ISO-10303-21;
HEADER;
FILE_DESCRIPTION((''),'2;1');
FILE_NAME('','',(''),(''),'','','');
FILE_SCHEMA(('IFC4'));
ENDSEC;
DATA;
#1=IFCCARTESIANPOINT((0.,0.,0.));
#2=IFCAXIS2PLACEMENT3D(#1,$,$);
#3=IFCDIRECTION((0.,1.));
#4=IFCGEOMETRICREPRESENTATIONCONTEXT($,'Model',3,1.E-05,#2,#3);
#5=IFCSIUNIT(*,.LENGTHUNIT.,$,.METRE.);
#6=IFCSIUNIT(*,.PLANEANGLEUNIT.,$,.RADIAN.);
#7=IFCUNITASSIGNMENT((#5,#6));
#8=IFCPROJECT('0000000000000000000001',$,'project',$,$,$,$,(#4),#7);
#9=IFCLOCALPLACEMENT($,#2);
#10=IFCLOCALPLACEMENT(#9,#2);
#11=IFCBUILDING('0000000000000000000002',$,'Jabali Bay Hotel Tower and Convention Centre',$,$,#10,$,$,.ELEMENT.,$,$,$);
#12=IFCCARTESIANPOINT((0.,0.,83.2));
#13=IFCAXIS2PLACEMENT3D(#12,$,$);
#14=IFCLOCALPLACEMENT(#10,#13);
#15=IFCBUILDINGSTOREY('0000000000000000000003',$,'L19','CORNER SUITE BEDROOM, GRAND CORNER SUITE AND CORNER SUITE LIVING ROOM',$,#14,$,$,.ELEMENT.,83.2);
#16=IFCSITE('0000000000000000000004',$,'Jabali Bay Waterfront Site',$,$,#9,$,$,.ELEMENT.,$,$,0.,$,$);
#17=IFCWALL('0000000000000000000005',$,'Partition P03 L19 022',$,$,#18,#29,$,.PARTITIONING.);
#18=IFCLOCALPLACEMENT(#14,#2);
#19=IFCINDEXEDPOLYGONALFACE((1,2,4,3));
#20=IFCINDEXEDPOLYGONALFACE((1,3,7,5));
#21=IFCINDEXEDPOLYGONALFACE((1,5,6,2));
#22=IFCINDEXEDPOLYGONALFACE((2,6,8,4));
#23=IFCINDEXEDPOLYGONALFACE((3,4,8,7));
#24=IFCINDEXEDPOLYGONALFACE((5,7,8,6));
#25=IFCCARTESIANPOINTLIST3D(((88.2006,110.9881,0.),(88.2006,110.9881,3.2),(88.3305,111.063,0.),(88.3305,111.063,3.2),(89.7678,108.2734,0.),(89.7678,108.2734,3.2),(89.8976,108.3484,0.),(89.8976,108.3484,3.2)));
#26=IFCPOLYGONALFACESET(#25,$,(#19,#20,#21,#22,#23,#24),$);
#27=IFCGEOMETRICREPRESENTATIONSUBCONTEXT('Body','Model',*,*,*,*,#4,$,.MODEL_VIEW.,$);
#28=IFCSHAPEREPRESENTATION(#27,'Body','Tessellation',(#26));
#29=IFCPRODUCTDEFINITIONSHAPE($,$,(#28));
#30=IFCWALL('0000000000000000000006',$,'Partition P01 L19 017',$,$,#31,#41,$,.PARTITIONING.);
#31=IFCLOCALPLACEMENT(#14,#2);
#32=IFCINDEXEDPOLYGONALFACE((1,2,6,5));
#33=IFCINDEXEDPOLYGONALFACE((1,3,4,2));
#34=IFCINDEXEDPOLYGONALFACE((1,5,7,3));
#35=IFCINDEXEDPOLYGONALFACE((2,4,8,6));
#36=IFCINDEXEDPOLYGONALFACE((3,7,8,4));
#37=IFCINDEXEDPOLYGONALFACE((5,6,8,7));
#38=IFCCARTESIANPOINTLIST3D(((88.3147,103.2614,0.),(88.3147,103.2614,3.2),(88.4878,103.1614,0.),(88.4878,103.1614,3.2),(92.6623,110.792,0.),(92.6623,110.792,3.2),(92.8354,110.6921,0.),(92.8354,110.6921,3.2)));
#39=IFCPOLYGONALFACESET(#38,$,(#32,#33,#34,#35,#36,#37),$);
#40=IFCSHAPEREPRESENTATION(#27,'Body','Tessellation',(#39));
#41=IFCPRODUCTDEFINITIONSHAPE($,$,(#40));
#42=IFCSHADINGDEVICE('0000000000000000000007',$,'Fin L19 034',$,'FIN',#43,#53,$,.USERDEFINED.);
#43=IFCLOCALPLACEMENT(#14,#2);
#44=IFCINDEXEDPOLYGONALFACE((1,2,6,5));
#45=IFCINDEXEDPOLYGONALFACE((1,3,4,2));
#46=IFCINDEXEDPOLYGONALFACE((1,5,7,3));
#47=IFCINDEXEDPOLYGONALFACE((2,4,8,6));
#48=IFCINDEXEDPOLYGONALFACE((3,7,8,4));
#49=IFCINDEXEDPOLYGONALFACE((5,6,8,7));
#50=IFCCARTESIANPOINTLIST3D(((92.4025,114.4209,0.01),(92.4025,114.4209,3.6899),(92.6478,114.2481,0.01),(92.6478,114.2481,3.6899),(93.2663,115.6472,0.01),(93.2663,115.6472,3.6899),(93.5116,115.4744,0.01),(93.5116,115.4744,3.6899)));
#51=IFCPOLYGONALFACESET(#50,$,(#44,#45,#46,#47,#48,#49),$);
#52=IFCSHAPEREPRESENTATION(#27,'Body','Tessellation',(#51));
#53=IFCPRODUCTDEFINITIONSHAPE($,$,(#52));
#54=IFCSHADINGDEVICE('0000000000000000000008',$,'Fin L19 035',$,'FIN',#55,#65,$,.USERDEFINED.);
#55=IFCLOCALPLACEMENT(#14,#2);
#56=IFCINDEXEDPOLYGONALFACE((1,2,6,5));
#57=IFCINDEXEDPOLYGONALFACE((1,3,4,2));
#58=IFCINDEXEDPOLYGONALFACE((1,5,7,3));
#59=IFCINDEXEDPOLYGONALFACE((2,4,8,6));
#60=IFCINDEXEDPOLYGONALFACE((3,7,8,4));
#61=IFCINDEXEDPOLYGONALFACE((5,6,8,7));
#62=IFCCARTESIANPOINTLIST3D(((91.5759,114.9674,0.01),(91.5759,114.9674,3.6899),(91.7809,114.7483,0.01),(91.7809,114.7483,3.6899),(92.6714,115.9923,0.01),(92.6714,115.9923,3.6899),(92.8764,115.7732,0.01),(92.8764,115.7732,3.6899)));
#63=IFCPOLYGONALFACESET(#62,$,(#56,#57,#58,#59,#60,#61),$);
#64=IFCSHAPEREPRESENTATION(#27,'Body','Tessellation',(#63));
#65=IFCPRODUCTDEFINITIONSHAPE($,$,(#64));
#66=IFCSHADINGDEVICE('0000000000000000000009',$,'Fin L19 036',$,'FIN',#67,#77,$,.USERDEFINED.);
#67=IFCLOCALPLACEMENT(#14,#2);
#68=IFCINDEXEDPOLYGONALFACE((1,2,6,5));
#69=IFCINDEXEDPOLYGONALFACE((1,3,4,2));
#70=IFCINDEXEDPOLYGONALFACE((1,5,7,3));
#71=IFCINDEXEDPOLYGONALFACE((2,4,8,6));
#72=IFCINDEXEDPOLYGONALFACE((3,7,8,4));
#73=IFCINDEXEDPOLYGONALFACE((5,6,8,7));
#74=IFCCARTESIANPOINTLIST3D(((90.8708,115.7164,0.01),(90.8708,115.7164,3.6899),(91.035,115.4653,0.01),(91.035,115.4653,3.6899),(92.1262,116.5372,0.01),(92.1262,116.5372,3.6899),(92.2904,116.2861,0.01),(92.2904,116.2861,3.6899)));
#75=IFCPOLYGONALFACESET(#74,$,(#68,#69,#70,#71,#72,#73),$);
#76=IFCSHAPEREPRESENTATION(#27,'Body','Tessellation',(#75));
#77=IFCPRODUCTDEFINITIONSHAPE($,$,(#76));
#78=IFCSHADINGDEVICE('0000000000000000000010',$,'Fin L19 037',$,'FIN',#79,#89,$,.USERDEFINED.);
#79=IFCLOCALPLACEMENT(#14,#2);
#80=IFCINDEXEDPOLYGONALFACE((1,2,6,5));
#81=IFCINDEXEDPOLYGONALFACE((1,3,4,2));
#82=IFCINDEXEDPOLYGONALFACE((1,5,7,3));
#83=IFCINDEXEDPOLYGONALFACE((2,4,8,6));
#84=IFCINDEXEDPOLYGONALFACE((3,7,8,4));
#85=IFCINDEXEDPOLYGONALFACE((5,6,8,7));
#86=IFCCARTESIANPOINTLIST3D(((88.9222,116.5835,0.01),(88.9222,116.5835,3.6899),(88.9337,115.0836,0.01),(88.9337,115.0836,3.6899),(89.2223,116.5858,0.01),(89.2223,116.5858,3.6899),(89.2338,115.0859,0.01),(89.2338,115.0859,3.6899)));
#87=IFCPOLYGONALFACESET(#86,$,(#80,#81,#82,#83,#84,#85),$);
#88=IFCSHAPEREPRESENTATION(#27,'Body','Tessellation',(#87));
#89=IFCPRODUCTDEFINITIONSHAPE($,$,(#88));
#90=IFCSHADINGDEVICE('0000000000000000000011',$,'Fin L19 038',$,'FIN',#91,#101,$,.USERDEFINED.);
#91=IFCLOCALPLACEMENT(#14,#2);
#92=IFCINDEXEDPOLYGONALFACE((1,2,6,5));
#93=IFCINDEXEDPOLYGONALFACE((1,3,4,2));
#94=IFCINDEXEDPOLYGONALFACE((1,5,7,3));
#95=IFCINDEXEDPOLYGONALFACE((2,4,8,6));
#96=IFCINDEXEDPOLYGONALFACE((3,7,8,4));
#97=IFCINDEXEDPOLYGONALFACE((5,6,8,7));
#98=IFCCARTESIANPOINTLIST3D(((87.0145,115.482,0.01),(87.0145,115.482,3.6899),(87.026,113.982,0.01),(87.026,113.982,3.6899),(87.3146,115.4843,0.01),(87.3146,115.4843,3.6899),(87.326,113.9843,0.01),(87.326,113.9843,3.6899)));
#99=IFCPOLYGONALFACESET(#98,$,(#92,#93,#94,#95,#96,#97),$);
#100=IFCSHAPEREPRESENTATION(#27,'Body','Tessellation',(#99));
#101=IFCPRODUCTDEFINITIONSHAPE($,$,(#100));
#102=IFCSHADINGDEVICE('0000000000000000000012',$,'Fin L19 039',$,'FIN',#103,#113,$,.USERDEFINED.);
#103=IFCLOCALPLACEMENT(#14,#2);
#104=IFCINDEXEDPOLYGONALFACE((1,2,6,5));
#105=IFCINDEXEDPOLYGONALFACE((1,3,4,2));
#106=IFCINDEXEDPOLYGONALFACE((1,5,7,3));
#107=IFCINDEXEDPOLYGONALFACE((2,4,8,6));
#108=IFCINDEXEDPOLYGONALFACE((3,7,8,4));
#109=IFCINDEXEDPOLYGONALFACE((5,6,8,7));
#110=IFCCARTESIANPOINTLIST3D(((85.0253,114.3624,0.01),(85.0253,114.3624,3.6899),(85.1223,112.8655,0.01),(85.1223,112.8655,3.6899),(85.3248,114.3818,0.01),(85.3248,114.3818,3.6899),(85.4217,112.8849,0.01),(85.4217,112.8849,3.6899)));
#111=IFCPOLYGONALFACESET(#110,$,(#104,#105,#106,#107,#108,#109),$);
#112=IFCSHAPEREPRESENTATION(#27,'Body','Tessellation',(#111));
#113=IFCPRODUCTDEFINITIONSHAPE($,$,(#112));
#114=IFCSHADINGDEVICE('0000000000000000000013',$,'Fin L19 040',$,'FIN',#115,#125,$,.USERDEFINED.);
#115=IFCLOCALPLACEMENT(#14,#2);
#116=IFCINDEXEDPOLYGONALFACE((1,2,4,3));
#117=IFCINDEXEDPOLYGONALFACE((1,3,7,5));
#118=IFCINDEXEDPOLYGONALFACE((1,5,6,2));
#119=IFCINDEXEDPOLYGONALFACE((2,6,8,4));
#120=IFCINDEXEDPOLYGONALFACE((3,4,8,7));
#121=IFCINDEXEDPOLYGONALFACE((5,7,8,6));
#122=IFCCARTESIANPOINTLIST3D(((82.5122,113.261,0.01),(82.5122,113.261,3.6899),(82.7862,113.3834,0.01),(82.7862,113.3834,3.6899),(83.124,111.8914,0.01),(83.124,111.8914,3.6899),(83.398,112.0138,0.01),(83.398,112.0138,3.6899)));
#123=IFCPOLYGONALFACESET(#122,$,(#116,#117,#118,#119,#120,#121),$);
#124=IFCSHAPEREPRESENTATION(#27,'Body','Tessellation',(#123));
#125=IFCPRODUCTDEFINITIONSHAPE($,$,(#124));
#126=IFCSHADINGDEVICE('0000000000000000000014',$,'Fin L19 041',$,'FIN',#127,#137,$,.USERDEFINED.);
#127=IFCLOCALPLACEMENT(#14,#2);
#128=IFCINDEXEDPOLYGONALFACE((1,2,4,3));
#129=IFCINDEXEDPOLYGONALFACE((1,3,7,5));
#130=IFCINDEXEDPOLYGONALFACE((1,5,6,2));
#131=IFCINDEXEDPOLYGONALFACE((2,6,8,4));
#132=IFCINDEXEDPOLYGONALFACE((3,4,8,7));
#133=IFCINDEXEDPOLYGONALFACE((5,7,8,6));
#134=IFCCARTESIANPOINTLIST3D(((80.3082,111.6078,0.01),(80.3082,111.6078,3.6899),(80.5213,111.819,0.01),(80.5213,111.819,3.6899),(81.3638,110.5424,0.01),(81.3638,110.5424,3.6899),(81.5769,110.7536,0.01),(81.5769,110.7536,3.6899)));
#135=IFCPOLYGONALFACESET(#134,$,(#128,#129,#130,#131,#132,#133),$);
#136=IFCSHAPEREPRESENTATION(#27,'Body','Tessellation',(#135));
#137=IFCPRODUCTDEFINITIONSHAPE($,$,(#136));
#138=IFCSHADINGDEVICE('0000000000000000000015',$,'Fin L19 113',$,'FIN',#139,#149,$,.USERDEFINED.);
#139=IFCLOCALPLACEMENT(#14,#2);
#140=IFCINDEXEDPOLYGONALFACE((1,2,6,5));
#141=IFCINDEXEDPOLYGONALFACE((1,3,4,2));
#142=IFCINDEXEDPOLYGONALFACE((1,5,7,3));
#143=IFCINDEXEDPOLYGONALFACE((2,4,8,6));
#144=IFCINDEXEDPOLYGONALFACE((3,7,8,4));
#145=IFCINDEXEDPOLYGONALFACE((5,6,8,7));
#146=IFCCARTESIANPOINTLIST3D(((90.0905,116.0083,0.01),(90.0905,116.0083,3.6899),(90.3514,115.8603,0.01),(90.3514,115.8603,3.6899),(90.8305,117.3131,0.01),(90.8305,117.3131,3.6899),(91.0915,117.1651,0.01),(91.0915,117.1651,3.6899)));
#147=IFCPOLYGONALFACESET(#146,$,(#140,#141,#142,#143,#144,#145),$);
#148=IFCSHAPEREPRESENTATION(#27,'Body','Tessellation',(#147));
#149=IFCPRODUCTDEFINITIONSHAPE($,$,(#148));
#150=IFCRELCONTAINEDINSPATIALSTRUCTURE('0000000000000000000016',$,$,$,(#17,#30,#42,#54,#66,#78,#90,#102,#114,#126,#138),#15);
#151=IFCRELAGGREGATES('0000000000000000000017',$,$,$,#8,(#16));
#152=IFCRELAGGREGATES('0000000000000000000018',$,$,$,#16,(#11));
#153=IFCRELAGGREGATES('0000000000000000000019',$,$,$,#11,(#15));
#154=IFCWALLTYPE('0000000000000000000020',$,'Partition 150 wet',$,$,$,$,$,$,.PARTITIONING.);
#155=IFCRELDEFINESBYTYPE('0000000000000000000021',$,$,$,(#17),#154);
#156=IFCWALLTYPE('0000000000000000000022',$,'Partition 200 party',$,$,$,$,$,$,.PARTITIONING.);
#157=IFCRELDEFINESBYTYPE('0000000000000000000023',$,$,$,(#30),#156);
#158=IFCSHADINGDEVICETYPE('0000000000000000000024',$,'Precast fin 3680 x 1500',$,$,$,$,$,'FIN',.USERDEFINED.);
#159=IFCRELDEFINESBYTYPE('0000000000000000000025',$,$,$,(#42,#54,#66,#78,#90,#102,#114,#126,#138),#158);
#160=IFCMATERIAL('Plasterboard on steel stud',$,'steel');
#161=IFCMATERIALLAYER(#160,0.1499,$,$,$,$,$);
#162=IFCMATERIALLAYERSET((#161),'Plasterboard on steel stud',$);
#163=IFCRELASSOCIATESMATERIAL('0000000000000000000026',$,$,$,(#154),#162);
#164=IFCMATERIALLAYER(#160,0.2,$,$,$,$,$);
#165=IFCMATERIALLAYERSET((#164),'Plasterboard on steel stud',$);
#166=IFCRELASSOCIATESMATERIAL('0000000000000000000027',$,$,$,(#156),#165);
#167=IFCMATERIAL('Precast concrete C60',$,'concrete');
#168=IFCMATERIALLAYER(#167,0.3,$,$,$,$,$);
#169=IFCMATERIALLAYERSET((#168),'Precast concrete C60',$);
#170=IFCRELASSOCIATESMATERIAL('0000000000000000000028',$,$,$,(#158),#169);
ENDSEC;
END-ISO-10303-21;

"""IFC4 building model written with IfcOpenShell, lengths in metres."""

from ifc_helpers import new_model, si_unit, direction, frame, frame_2d, origin, place, context, subcontext, project, spatial, rectangle, extrude, material, layer, layer_set, type_object, element, save


model = new_model("IFC4")

# Units and contexts
model_context = context("Model", 3, precision=1e-05, world=origin(), true_north=direction((0.0, 1.0)))
body_context = subcontext(model_context, "Body", "Model", "MODEL_VIEW")
ifc_project = project(units=[si_unit("LENGTHUNIT", "METRE"), si_unit("PLANEANGLEUNIT", "RADIAN")], contexts=[model_context])

# Site, building, storey
site_placement = place(None, origin())
site = spatial("IfcSite", under=ifc_project, at=site_placement, Name="Jabali Bay Waterfront Site", CompositionType="ELEMENT", RefElevation=0.0)
building_placement = place(site_placement, origin())
building = spatial("IfcBuilding", under=site, at=building_placement, Name="Jabali Bay Hotel Tower and Convention Centre", CompositionType="ELEMENT")
storey_placement = place(building_placement, frame((0.0, 0.0, 83.2)))
storey = spatial("IfcBuildingStorey", under=building, at=storey_placement, Name="L19", Description="CORNER SUITE BEDROOM, GRAND CORNER SUITE AND CORNER SUITE LIVING ROOM", CompositionType="ELEMENT", Elevation=83.2)

# Shared definitions
ifc_material_1 = material(Name="Plasterboard on steel stud", Category="steel")
ifc_layer_1 = layer(ifc_material_1, 0.1499)
ifc_layer_set_1 = layer_set([ifc_layer_1], Name="Plasterboard on steel stud")
wall_type_1 = type_object("IfcWallType", Name="Partition 150 wet", PredefinedType="PARTITIONING", material=ifc_layer_set_1)

# Walls
wall_1_placement = place(storey_placement, frame((89.8328, 108.3108, 0.0), z_axis=(0.0, 0.0, 1.0), x_axis=(-0.499967, 0.866044, 0.0)))
element("IfcWall", 1, at=wall_1_placement, inside=storey, type_object=wall_type_1, Name="Partition P03 L19 022", PredefinedType="PARTITIONING", context=body_context, shape_type="SweptSolid", body=[
    extrude(rectangle(XDim=3.1345, YDim=0.1499, at=frame_2d((1.5674, 0.0))), origin(), (0.0, 0.0, 1.0), 3.2),
])
ifc_layer_2 = layer(ifc_material_1, 0.2)
ifc_layer_set_2 = layer_set([ifc_layer_2], Name="Plasterboard on steel stud")
wall_type_2 = type_object("IfcWallType", Name="Partition 200 party", PredefinedType="PARTITIONING", material=ifc_layer_set_2)
wall_2_placement = place(storey_placement, frame((92.7488, 110.7419, 0.0), z_axis=(0.0, 0.0, 1.0), x_axis=(-0.49998, -0.866037, 0.0)))
element("IfcWall", 2, at=wall_2_placement, inside=storey, type_object=wall_type_2, Name="Partition P01 L19 017", PredefinedType="PARTITIONING", context=body_context, shape_type="SweptSolid", body=[
    extrude(rectangle(XDim=8.6956, YDim=0.2, at=frame_2d((4.3477, 0.0))), origin(), (0.0, 0.0, 1.0), 3.2),
])

# Shading devices
ifc_material_2 = material(Name="Precast concrete C60", Category="concrete")
ifc_layer_3 = layer(ifc_material_2, 0.3)
ifc_layer_set_3 = layer_set([ifc_layer_3], Name="Precast concrete C60")
shading_device_type = type_object("IfcShadingDeviceType", Name="Precast fin 3680 x 1500", ElementType="FIN", PredefinedType="USERDEFINED", material=ifc_layer_set_3)
shading_device_1_placement = place(storey_placement, frame((92.5251, 114.3345, 0.01), z_axis=(0.0, 0.0, 1.0), x_axis=(0.575852, 0.817554, 0.0)))
element("IfcShadingDevice", 3, at=shading_device_1_placement, inside=storey, type_object=shading_device_type, Name="Fin L19 034", ObjectType="FIN", PredefinedType="USERDEFINED", context=body_context, shape_type="SweptSolid", body=[
    extrude(rectangle(XDim=1.5, YDim=0.3, at=frame_2d((0.75, 0.0))), origin(), (0.0, 0.0, 1.0), 3.6799),
])
shading_device_2_placement = place(storey_placement, frame((91.6785, 114.8579, 0.01), z_axis=(0.0, 0.0, 1.0), x_axis=(0.730232, 0.683199, 0.0)))
element("IfcShadingDevice", 4, at=shading_device_2_placement, inside=storey, type_object=shading_device_type, Name="Fin L19 035", ObjectType="FIN", PredefinedType="USERDEFINED", context=body_context, shape_type="SweptSolid", body=[
    extrude(rectangle(XDim=1.5002, YDim=0.3, at=frame_2d((0.75, 0.0))), origin(), (0.0, 0.0, 1.0), 3.6799),
])
for number, where, z_axis, x_axis, name in (
    (5, (90.9529, 115.5908, 0.01), (0.0, 0.0, 1.0), (0.836975, 0.547241, 0.0), "Fin L19 036"),
    (6, (89.0837, 115.0847, 0.01), (0.0, 0.0, 1.0), (-0.00765, 0.999971, 0.0), "Fin L19 037"),
    (7, (87.176, 113.9832, 0.01), (0.0, 0.0, 1.0), (-0.00765, 0.999971, 0.0), "Fin L19 038"),
    (8, (85.272, 112.8752, 0.01), (0.0, 0.0, 1.0), (-0.064618, 0.99791, 0.0), "Fin L19 039"),
    (9, (83.261, 111.9526, 0.01), (0.0, 0.0, 1.0), (-0.407859, 0.913045, 0.0), "Fin L19 040"),
):
    element("IfcShadingDevice", number, at=place(storey_placement, frame(where, z_axis=z_axis, x_axis=x_axis)), inside=storey, type_object=shading_device_type, Name=name, ObjectType="FIN", PredefinedType="USERDEFINED", context=body_context, shape_type="SweptSolid", body=[
        extrude(rectangle(XDim=1.5, YDim=0.3, at=frame_2d((0.75, 0.0))), origin(), (0.0, 0.0, 1.0), 3.6799),
    ])
shading_device_3_placement = place(storey_placement, frame((81.4705, 110.6479, 0.01), z_axis=(0.0, 0.0, 1.0), x_axis=(-0.703844, 0.710355, 0.0)))
element("IfcShadingDevice", 10, at=shading_device_3_placement, inside=storey, type_object=shading_device_type, Name="Fin L19 041", ObjectType="FIN", PredefinedType="USERDEFINED", context=body_context, shape_type="SweptSolid", body=[
    extrude(rectangle(XDim=1.4998, YDim=0.3, at=frame_2d((0.75, 0.0))), origin(), (0.0, 0.0, 1.0), 3.6799),
])
shading_device_4_placement = place(storey_placement, frame((90.2209, 115.9343, 0.01), z_axis=(0.0, 0.0, 1.0), x_axis=(0.493349, 0.869831, 0.0)))
element("IfcShadingDevice", 11, at=shading_device_4_placement, inside=storey, type_object=shading_device_type, Name="Fin L19 113", ObjectType="FIN", PredefinedType="USERDEFINED", context=body_context, shape_type="SweptSolid", body=[
    extrude(rectangle(XDim=1.5, YDim=0.3, at=frame_2d((0.75, 0.0))), origin(), (0.0, 0.0, 1.0), 3.6799),
])

save(model, "model.ifc")
